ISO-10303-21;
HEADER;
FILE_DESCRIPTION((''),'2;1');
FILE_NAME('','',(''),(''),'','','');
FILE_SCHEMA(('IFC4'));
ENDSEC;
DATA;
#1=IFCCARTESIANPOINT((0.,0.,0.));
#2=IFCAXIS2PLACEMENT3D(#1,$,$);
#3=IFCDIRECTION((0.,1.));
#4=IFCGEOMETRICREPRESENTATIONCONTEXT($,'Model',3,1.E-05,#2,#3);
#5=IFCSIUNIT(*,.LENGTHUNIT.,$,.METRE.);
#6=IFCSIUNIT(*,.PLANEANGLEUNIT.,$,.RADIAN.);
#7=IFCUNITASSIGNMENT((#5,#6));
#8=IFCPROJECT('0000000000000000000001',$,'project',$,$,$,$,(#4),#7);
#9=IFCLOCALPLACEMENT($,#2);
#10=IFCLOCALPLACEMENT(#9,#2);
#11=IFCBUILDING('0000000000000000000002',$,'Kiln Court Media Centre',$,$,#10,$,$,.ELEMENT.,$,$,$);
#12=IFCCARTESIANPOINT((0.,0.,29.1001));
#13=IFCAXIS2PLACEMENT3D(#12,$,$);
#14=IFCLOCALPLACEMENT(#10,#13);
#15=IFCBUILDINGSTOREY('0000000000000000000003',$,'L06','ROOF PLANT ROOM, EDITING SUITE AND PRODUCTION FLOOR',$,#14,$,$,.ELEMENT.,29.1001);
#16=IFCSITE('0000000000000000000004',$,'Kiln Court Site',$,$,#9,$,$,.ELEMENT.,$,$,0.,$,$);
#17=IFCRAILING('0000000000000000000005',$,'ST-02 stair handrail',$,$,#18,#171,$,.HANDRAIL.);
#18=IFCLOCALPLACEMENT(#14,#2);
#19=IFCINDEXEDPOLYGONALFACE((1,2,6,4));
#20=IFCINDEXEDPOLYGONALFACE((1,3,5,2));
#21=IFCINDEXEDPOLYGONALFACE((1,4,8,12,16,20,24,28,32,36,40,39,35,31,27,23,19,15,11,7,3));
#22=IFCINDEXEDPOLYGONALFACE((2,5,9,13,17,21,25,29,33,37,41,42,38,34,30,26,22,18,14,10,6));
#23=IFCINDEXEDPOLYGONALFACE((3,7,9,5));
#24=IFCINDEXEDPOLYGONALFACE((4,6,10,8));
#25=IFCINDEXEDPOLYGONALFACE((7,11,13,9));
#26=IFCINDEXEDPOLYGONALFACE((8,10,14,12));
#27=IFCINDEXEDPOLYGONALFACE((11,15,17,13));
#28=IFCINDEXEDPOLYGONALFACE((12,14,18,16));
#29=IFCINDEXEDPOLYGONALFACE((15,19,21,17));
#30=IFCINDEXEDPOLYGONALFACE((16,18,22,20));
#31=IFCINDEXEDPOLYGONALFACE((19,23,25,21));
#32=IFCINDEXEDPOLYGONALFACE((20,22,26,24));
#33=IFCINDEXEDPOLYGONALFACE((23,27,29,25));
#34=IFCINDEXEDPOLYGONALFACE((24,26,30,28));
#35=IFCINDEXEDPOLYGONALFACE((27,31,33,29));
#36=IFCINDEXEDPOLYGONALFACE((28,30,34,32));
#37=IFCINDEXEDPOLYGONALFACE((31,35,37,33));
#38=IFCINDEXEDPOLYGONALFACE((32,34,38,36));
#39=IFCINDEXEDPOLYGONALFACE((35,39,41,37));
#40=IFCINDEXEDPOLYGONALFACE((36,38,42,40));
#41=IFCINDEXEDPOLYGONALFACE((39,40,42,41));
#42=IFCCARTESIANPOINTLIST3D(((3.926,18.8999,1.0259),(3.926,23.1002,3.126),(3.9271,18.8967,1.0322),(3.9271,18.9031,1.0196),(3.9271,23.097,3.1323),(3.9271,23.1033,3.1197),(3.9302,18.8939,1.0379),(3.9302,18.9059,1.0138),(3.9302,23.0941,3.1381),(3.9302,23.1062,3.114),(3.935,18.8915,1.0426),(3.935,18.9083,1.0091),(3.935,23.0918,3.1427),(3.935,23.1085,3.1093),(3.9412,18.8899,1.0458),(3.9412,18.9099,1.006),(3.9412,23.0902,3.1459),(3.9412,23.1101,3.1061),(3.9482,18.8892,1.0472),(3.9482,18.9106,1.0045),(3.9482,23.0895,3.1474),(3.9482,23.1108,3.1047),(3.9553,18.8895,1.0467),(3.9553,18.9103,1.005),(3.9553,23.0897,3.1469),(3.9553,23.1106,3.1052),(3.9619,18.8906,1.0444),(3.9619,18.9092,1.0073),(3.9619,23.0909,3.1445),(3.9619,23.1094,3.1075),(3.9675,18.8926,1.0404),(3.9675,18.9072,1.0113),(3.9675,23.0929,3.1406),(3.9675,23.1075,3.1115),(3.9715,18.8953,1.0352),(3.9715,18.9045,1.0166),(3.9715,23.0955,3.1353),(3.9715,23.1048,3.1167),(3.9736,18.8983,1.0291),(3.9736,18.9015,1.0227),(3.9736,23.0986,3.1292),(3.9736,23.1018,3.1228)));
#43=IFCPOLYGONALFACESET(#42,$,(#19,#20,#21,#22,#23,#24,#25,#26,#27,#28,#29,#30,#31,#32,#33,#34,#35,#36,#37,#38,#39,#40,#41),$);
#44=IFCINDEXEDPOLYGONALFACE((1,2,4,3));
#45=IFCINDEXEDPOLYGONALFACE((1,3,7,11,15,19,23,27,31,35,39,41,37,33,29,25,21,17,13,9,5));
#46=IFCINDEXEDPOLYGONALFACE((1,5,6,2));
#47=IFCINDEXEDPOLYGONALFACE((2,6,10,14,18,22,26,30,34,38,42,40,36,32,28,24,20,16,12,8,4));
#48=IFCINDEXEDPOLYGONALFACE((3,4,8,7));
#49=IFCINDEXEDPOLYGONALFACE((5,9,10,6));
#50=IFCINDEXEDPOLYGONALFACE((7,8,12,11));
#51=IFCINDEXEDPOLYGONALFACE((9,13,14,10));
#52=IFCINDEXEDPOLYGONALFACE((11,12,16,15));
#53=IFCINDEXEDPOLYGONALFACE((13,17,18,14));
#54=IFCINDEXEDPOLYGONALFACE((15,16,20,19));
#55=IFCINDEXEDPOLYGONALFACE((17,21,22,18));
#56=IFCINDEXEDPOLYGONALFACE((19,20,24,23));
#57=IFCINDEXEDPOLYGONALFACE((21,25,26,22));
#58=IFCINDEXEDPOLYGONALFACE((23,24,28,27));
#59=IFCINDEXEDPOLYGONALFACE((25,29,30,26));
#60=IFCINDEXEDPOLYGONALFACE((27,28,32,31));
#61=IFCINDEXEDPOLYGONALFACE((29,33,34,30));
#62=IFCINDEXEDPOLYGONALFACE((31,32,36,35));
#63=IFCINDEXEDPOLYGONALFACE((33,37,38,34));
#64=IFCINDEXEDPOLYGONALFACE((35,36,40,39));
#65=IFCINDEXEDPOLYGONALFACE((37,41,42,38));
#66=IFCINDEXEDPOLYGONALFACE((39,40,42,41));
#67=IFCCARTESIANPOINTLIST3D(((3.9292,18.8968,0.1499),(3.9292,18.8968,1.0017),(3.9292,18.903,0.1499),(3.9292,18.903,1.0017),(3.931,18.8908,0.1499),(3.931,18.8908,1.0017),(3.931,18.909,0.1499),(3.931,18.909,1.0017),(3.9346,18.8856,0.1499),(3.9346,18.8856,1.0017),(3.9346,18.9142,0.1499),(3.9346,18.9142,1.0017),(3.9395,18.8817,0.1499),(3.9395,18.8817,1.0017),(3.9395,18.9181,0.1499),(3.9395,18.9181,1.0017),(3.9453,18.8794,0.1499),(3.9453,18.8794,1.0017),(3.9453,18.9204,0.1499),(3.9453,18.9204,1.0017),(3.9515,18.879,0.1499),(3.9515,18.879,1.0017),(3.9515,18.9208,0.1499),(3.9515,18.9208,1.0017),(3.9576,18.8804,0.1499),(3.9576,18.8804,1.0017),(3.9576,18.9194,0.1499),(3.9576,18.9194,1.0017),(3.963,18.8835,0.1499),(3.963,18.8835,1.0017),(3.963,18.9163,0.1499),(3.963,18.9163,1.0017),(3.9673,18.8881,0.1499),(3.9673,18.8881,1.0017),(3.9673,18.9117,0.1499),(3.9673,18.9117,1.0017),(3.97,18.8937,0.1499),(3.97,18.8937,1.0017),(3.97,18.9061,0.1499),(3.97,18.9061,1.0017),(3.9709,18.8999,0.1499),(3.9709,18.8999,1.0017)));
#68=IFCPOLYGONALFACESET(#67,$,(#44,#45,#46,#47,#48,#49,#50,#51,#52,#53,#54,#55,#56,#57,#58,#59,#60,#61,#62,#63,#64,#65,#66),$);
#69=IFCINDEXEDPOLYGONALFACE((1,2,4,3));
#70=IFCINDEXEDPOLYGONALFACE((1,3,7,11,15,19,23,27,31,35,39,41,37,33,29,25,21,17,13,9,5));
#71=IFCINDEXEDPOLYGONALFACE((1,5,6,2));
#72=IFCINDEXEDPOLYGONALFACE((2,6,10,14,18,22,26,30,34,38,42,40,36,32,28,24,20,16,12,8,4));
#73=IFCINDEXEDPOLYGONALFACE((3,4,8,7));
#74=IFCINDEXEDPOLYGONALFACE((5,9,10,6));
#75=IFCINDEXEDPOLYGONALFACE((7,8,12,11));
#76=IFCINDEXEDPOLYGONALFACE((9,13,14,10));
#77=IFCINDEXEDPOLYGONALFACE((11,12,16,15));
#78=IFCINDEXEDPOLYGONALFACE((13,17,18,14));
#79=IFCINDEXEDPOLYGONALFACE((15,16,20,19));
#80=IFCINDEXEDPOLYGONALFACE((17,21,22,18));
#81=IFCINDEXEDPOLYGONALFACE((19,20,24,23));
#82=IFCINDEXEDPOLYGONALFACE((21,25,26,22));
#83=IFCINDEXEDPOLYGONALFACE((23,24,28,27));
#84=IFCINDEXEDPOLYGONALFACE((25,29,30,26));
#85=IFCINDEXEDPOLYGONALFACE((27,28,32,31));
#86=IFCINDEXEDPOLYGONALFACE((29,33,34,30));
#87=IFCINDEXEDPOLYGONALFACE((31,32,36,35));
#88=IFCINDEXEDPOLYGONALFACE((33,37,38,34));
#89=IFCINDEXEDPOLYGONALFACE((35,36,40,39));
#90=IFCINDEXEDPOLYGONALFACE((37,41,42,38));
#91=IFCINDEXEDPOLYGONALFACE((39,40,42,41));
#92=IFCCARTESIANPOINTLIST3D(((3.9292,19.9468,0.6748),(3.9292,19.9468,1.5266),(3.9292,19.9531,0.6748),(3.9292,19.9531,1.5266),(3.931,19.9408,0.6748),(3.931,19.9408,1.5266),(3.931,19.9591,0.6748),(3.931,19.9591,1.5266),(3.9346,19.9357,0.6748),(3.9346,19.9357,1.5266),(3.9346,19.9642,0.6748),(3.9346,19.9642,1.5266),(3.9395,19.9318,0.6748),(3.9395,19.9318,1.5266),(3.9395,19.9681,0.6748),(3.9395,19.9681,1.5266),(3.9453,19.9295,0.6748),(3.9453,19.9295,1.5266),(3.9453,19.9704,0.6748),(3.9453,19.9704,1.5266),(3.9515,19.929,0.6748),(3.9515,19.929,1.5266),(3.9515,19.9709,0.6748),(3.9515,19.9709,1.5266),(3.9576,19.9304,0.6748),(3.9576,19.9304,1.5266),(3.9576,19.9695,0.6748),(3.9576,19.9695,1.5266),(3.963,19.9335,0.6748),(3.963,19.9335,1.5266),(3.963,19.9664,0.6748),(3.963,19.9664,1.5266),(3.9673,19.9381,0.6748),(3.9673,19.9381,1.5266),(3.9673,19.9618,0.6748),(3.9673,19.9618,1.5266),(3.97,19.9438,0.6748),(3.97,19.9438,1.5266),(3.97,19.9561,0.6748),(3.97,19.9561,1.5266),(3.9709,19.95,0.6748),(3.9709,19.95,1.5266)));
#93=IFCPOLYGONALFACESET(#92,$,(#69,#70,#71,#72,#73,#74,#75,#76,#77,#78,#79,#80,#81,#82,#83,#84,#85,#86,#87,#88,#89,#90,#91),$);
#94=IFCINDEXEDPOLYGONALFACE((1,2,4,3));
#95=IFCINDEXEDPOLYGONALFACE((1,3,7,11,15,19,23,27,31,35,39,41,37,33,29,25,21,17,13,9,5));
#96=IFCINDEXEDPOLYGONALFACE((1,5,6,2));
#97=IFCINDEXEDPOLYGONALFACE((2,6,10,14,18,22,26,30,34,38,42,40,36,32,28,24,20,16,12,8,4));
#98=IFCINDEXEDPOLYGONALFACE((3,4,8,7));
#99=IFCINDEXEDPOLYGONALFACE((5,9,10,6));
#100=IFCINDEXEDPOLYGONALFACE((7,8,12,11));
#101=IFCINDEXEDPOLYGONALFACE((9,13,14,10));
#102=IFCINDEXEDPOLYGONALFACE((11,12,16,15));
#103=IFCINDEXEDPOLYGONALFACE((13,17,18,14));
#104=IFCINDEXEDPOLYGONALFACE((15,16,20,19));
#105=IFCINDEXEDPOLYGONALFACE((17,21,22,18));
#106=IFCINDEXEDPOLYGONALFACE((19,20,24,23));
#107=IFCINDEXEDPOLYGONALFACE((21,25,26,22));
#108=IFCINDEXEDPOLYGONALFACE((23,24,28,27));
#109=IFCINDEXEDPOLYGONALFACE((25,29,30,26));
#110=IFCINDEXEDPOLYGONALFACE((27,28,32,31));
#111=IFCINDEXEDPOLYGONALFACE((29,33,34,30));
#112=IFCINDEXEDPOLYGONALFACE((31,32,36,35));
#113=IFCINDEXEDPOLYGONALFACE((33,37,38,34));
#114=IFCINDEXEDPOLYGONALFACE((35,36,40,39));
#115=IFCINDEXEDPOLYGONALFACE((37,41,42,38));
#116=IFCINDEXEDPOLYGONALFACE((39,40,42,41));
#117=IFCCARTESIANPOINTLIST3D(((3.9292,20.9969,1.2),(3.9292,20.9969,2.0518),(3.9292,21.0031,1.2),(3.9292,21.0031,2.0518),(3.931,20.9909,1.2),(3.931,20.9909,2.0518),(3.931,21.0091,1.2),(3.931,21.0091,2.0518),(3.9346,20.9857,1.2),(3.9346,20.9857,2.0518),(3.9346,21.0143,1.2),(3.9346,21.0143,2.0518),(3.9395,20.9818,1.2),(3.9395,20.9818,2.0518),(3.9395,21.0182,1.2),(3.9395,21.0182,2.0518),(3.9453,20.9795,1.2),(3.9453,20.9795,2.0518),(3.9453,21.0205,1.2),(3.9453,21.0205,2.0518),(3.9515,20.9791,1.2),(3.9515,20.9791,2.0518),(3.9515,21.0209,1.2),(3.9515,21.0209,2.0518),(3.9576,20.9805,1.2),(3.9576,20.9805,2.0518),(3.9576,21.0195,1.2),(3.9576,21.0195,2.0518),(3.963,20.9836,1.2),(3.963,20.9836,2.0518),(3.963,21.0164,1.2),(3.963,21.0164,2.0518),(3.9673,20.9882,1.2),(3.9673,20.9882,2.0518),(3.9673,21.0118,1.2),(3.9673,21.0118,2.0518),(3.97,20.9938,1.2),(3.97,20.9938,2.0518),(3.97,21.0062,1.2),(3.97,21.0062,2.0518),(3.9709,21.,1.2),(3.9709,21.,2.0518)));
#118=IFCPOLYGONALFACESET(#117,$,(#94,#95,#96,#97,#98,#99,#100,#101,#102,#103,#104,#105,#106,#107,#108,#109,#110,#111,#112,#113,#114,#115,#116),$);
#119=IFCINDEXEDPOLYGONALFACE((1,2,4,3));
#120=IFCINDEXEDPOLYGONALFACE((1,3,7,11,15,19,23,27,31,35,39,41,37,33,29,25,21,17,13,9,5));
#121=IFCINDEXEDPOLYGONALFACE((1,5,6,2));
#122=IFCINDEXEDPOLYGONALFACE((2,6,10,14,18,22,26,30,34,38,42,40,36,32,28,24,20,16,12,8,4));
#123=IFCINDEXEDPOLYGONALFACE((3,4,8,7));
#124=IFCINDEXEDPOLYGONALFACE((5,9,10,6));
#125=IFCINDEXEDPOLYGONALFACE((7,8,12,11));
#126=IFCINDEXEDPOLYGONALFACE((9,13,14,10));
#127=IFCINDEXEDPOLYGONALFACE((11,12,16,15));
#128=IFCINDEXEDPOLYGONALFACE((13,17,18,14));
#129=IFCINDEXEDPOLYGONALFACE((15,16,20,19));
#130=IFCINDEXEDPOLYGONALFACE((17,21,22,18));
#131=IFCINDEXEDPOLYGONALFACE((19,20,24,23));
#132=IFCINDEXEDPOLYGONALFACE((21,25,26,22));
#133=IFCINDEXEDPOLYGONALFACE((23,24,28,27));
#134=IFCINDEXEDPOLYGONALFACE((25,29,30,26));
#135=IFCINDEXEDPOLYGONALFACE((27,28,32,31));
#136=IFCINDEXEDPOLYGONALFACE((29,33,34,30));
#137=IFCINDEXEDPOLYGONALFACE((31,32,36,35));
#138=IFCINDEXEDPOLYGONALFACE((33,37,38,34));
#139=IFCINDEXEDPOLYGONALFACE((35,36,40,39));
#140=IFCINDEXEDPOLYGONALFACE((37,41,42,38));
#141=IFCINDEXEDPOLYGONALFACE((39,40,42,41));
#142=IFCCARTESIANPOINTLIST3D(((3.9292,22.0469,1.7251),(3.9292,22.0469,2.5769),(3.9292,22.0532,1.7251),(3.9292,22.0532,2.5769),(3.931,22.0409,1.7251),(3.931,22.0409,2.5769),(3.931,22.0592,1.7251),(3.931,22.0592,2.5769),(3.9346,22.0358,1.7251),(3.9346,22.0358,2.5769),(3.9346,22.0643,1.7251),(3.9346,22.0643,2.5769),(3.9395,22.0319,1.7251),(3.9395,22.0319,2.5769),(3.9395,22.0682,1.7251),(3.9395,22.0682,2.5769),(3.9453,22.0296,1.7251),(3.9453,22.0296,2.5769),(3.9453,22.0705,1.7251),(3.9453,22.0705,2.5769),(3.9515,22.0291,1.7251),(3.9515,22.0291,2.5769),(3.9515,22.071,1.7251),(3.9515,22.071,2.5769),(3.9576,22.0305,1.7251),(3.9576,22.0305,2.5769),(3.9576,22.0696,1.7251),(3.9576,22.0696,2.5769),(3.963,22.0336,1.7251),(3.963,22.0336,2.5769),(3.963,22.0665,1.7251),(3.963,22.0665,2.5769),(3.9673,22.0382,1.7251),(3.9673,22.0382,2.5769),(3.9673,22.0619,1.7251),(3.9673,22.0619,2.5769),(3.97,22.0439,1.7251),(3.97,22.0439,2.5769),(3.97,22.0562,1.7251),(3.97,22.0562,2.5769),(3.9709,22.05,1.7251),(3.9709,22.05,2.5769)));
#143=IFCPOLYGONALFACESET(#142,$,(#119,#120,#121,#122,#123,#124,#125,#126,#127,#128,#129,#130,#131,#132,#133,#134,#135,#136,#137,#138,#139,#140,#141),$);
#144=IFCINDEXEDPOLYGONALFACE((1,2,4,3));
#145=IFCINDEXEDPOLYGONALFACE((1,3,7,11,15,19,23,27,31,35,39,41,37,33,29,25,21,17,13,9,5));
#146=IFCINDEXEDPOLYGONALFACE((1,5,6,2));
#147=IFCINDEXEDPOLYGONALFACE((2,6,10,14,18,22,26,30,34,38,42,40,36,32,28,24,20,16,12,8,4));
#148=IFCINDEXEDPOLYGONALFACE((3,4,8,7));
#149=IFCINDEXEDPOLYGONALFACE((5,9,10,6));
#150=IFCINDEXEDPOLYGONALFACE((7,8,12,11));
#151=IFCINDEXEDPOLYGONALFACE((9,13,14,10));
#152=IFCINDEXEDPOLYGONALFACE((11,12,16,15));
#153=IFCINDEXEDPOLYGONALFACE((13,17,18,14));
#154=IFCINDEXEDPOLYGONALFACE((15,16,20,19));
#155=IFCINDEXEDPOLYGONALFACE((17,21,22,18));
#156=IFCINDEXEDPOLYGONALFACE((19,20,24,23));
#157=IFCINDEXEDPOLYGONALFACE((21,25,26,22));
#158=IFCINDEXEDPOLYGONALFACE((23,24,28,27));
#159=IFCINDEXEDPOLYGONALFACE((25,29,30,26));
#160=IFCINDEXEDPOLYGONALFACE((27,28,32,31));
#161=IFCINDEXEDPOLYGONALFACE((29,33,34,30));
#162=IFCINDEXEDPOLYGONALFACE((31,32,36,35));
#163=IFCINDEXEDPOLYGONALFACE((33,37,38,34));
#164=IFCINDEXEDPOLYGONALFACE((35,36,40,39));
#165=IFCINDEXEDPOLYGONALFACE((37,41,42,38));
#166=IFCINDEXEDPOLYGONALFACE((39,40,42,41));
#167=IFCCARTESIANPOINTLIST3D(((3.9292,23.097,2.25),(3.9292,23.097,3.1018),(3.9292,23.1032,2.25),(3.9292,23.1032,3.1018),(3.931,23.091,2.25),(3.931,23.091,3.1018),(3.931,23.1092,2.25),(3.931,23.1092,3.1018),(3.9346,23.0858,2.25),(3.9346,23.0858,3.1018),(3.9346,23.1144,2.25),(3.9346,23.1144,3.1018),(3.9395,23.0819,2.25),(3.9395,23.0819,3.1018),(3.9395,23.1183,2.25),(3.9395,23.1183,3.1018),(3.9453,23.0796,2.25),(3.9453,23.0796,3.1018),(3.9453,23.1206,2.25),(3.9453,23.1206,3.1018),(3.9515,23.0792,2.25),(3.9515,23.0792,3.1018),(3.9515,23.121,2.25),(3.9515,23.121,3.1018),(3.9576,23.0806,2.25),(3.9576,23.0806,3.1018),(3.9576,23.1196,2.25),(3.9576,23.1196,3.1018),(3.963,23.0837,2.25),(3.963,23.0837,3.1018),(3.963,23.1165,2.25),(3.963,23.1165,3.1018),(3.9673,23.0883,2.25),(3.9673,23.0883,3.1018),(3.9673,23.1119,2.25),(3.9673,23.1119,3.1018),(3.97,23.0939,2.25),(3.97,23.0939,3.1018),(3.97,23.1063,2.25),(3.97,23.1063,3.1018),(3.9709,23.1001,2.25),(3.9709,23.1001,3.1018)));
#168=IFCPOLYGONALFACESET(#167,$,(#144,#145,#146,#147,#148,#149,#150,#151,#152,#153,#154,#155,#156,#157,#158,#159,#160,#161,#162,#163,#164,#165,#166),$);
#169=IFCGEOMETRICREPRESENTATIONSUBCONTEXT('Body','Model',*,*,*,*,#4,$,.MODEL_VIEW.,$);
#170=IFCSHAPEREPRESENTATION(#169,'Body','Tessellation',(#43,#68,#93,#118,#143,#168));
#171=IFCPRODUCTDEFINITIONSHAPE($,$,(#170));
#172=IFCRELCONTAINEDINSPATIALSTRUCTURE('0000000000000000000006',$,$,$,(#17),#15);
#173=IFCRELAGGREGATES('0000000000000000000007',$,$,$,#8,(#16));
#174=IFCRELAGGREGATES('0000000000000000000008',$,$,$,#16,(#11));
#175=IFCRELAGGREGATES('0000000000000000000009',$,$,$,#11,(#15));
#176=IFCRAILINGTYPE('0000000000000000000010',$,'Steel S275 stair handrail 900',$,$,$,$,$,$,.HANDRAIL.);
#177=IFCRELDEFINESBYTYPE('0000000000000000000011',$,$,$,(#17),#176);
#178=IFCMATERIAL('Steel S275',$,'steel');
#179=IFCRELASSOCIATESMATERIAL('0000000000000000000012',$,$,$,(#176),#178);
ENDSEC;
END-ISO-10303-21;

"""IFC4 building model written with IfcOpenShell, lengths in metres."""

from ifc_helpers import new_model, si_unit, direction, frame, origin, origin_2d, place, context, subcontext, project, spatial, circle, extrude, material, type_object, element, save


model = new_model("IFC4")

# Units and contexts
model_context = context("Model", 3, precision=1e-05, world=origin(), true_north=direction((0.0, 1.0)))
body_context = subcontext(model_context, "Body", "Model", "MODEL_VIEW")
ifc_project = project(units=[si_unit("LENGTHUNIT", "METRE"), si_unit("PLANEANGLEUNIT", "RADIAN")], contexts=[model_context])

# Site, building, storey
site_placement = place(None, origin())
site = spatial("IfcSite", under=ifc_project, at=site_placement, Name="Kiln Court Site", CompositionType="ELEMENT", RefElevation=0.0)
building_placement = place(site_placement, origin())
building = spatial("IfcBuilding", under=site, at=building_placement, Name="Kiln Court Media Centre", CompositionType="ELEMENT")
storey_placement = place(building_placement, frame((0.0, 0.0, 29.1001)))
storey = spatial("IfcBuildingStorey", under=building, at=storey_placement, Name="L06", Description="ROOF PLANT ROOM, EDITING SUITE AND PRODUCTION FLOOR", CompositionType="ELEMENT", Elevation=29.1001)

# Railing
ifc_material_1 = material(Name="Steel S275", Category="steel")
railing_type_1 = type_object("IfcRailingType", Name="Steel S275 stair handrail 900", PredefinedType="HANDRAIL", material=ifc_material_1)
railing_1_placement = place(storey_placement, frame((3.95, 18.8999, 0.1499)))
element("IfcRailing", 1, at=railing_1_placement, inside=storey, type_object=railing_type_1, Name="ST-02 stair handrail", PredefinedType="HANDRAIL", context=body_context, shape_type="SweptSolid", body=[
    extrude(circle(Radius=0.0239, at=origin_2d()), frame((0.0, 0.0, 0.876), z_axis=(0.0, 0.894427, 0.447214), x_axis=(-1.0, 0.0, 0.0)), (0.0, 0.0, 1.0), 4.696),
    extrude(circle(Radius=0.021, at=origin_2d()), origin(), (0.0, 0.0, 1.0), 0.8518),
    extrude(circle(Radius=0.021, at=origin_2d()), frame((0.0, 1.05, 0.5249)), (0.0, 0.0, 1.0), 0.8518),
    extrude(circle(Radius=0.021, at=origin_2d()), frame((0.0, 2.1001, 1.05)), (0.0, 0.0, 1.0), 0.8518),
    extrude(circle(Radius=0.021, at=origin_2d()), frame((0.0, 3.1501, 1.5752)), (0.0, 0.0, 1.0), 0.8518),
    extrude(circle(Radius=0.021, at=origin_2d()), frame((0.0, 4.2002, 2.1001)), (0.0, 0.0, 1.0), 0.8518),
])

save(model, "model.ifc")
